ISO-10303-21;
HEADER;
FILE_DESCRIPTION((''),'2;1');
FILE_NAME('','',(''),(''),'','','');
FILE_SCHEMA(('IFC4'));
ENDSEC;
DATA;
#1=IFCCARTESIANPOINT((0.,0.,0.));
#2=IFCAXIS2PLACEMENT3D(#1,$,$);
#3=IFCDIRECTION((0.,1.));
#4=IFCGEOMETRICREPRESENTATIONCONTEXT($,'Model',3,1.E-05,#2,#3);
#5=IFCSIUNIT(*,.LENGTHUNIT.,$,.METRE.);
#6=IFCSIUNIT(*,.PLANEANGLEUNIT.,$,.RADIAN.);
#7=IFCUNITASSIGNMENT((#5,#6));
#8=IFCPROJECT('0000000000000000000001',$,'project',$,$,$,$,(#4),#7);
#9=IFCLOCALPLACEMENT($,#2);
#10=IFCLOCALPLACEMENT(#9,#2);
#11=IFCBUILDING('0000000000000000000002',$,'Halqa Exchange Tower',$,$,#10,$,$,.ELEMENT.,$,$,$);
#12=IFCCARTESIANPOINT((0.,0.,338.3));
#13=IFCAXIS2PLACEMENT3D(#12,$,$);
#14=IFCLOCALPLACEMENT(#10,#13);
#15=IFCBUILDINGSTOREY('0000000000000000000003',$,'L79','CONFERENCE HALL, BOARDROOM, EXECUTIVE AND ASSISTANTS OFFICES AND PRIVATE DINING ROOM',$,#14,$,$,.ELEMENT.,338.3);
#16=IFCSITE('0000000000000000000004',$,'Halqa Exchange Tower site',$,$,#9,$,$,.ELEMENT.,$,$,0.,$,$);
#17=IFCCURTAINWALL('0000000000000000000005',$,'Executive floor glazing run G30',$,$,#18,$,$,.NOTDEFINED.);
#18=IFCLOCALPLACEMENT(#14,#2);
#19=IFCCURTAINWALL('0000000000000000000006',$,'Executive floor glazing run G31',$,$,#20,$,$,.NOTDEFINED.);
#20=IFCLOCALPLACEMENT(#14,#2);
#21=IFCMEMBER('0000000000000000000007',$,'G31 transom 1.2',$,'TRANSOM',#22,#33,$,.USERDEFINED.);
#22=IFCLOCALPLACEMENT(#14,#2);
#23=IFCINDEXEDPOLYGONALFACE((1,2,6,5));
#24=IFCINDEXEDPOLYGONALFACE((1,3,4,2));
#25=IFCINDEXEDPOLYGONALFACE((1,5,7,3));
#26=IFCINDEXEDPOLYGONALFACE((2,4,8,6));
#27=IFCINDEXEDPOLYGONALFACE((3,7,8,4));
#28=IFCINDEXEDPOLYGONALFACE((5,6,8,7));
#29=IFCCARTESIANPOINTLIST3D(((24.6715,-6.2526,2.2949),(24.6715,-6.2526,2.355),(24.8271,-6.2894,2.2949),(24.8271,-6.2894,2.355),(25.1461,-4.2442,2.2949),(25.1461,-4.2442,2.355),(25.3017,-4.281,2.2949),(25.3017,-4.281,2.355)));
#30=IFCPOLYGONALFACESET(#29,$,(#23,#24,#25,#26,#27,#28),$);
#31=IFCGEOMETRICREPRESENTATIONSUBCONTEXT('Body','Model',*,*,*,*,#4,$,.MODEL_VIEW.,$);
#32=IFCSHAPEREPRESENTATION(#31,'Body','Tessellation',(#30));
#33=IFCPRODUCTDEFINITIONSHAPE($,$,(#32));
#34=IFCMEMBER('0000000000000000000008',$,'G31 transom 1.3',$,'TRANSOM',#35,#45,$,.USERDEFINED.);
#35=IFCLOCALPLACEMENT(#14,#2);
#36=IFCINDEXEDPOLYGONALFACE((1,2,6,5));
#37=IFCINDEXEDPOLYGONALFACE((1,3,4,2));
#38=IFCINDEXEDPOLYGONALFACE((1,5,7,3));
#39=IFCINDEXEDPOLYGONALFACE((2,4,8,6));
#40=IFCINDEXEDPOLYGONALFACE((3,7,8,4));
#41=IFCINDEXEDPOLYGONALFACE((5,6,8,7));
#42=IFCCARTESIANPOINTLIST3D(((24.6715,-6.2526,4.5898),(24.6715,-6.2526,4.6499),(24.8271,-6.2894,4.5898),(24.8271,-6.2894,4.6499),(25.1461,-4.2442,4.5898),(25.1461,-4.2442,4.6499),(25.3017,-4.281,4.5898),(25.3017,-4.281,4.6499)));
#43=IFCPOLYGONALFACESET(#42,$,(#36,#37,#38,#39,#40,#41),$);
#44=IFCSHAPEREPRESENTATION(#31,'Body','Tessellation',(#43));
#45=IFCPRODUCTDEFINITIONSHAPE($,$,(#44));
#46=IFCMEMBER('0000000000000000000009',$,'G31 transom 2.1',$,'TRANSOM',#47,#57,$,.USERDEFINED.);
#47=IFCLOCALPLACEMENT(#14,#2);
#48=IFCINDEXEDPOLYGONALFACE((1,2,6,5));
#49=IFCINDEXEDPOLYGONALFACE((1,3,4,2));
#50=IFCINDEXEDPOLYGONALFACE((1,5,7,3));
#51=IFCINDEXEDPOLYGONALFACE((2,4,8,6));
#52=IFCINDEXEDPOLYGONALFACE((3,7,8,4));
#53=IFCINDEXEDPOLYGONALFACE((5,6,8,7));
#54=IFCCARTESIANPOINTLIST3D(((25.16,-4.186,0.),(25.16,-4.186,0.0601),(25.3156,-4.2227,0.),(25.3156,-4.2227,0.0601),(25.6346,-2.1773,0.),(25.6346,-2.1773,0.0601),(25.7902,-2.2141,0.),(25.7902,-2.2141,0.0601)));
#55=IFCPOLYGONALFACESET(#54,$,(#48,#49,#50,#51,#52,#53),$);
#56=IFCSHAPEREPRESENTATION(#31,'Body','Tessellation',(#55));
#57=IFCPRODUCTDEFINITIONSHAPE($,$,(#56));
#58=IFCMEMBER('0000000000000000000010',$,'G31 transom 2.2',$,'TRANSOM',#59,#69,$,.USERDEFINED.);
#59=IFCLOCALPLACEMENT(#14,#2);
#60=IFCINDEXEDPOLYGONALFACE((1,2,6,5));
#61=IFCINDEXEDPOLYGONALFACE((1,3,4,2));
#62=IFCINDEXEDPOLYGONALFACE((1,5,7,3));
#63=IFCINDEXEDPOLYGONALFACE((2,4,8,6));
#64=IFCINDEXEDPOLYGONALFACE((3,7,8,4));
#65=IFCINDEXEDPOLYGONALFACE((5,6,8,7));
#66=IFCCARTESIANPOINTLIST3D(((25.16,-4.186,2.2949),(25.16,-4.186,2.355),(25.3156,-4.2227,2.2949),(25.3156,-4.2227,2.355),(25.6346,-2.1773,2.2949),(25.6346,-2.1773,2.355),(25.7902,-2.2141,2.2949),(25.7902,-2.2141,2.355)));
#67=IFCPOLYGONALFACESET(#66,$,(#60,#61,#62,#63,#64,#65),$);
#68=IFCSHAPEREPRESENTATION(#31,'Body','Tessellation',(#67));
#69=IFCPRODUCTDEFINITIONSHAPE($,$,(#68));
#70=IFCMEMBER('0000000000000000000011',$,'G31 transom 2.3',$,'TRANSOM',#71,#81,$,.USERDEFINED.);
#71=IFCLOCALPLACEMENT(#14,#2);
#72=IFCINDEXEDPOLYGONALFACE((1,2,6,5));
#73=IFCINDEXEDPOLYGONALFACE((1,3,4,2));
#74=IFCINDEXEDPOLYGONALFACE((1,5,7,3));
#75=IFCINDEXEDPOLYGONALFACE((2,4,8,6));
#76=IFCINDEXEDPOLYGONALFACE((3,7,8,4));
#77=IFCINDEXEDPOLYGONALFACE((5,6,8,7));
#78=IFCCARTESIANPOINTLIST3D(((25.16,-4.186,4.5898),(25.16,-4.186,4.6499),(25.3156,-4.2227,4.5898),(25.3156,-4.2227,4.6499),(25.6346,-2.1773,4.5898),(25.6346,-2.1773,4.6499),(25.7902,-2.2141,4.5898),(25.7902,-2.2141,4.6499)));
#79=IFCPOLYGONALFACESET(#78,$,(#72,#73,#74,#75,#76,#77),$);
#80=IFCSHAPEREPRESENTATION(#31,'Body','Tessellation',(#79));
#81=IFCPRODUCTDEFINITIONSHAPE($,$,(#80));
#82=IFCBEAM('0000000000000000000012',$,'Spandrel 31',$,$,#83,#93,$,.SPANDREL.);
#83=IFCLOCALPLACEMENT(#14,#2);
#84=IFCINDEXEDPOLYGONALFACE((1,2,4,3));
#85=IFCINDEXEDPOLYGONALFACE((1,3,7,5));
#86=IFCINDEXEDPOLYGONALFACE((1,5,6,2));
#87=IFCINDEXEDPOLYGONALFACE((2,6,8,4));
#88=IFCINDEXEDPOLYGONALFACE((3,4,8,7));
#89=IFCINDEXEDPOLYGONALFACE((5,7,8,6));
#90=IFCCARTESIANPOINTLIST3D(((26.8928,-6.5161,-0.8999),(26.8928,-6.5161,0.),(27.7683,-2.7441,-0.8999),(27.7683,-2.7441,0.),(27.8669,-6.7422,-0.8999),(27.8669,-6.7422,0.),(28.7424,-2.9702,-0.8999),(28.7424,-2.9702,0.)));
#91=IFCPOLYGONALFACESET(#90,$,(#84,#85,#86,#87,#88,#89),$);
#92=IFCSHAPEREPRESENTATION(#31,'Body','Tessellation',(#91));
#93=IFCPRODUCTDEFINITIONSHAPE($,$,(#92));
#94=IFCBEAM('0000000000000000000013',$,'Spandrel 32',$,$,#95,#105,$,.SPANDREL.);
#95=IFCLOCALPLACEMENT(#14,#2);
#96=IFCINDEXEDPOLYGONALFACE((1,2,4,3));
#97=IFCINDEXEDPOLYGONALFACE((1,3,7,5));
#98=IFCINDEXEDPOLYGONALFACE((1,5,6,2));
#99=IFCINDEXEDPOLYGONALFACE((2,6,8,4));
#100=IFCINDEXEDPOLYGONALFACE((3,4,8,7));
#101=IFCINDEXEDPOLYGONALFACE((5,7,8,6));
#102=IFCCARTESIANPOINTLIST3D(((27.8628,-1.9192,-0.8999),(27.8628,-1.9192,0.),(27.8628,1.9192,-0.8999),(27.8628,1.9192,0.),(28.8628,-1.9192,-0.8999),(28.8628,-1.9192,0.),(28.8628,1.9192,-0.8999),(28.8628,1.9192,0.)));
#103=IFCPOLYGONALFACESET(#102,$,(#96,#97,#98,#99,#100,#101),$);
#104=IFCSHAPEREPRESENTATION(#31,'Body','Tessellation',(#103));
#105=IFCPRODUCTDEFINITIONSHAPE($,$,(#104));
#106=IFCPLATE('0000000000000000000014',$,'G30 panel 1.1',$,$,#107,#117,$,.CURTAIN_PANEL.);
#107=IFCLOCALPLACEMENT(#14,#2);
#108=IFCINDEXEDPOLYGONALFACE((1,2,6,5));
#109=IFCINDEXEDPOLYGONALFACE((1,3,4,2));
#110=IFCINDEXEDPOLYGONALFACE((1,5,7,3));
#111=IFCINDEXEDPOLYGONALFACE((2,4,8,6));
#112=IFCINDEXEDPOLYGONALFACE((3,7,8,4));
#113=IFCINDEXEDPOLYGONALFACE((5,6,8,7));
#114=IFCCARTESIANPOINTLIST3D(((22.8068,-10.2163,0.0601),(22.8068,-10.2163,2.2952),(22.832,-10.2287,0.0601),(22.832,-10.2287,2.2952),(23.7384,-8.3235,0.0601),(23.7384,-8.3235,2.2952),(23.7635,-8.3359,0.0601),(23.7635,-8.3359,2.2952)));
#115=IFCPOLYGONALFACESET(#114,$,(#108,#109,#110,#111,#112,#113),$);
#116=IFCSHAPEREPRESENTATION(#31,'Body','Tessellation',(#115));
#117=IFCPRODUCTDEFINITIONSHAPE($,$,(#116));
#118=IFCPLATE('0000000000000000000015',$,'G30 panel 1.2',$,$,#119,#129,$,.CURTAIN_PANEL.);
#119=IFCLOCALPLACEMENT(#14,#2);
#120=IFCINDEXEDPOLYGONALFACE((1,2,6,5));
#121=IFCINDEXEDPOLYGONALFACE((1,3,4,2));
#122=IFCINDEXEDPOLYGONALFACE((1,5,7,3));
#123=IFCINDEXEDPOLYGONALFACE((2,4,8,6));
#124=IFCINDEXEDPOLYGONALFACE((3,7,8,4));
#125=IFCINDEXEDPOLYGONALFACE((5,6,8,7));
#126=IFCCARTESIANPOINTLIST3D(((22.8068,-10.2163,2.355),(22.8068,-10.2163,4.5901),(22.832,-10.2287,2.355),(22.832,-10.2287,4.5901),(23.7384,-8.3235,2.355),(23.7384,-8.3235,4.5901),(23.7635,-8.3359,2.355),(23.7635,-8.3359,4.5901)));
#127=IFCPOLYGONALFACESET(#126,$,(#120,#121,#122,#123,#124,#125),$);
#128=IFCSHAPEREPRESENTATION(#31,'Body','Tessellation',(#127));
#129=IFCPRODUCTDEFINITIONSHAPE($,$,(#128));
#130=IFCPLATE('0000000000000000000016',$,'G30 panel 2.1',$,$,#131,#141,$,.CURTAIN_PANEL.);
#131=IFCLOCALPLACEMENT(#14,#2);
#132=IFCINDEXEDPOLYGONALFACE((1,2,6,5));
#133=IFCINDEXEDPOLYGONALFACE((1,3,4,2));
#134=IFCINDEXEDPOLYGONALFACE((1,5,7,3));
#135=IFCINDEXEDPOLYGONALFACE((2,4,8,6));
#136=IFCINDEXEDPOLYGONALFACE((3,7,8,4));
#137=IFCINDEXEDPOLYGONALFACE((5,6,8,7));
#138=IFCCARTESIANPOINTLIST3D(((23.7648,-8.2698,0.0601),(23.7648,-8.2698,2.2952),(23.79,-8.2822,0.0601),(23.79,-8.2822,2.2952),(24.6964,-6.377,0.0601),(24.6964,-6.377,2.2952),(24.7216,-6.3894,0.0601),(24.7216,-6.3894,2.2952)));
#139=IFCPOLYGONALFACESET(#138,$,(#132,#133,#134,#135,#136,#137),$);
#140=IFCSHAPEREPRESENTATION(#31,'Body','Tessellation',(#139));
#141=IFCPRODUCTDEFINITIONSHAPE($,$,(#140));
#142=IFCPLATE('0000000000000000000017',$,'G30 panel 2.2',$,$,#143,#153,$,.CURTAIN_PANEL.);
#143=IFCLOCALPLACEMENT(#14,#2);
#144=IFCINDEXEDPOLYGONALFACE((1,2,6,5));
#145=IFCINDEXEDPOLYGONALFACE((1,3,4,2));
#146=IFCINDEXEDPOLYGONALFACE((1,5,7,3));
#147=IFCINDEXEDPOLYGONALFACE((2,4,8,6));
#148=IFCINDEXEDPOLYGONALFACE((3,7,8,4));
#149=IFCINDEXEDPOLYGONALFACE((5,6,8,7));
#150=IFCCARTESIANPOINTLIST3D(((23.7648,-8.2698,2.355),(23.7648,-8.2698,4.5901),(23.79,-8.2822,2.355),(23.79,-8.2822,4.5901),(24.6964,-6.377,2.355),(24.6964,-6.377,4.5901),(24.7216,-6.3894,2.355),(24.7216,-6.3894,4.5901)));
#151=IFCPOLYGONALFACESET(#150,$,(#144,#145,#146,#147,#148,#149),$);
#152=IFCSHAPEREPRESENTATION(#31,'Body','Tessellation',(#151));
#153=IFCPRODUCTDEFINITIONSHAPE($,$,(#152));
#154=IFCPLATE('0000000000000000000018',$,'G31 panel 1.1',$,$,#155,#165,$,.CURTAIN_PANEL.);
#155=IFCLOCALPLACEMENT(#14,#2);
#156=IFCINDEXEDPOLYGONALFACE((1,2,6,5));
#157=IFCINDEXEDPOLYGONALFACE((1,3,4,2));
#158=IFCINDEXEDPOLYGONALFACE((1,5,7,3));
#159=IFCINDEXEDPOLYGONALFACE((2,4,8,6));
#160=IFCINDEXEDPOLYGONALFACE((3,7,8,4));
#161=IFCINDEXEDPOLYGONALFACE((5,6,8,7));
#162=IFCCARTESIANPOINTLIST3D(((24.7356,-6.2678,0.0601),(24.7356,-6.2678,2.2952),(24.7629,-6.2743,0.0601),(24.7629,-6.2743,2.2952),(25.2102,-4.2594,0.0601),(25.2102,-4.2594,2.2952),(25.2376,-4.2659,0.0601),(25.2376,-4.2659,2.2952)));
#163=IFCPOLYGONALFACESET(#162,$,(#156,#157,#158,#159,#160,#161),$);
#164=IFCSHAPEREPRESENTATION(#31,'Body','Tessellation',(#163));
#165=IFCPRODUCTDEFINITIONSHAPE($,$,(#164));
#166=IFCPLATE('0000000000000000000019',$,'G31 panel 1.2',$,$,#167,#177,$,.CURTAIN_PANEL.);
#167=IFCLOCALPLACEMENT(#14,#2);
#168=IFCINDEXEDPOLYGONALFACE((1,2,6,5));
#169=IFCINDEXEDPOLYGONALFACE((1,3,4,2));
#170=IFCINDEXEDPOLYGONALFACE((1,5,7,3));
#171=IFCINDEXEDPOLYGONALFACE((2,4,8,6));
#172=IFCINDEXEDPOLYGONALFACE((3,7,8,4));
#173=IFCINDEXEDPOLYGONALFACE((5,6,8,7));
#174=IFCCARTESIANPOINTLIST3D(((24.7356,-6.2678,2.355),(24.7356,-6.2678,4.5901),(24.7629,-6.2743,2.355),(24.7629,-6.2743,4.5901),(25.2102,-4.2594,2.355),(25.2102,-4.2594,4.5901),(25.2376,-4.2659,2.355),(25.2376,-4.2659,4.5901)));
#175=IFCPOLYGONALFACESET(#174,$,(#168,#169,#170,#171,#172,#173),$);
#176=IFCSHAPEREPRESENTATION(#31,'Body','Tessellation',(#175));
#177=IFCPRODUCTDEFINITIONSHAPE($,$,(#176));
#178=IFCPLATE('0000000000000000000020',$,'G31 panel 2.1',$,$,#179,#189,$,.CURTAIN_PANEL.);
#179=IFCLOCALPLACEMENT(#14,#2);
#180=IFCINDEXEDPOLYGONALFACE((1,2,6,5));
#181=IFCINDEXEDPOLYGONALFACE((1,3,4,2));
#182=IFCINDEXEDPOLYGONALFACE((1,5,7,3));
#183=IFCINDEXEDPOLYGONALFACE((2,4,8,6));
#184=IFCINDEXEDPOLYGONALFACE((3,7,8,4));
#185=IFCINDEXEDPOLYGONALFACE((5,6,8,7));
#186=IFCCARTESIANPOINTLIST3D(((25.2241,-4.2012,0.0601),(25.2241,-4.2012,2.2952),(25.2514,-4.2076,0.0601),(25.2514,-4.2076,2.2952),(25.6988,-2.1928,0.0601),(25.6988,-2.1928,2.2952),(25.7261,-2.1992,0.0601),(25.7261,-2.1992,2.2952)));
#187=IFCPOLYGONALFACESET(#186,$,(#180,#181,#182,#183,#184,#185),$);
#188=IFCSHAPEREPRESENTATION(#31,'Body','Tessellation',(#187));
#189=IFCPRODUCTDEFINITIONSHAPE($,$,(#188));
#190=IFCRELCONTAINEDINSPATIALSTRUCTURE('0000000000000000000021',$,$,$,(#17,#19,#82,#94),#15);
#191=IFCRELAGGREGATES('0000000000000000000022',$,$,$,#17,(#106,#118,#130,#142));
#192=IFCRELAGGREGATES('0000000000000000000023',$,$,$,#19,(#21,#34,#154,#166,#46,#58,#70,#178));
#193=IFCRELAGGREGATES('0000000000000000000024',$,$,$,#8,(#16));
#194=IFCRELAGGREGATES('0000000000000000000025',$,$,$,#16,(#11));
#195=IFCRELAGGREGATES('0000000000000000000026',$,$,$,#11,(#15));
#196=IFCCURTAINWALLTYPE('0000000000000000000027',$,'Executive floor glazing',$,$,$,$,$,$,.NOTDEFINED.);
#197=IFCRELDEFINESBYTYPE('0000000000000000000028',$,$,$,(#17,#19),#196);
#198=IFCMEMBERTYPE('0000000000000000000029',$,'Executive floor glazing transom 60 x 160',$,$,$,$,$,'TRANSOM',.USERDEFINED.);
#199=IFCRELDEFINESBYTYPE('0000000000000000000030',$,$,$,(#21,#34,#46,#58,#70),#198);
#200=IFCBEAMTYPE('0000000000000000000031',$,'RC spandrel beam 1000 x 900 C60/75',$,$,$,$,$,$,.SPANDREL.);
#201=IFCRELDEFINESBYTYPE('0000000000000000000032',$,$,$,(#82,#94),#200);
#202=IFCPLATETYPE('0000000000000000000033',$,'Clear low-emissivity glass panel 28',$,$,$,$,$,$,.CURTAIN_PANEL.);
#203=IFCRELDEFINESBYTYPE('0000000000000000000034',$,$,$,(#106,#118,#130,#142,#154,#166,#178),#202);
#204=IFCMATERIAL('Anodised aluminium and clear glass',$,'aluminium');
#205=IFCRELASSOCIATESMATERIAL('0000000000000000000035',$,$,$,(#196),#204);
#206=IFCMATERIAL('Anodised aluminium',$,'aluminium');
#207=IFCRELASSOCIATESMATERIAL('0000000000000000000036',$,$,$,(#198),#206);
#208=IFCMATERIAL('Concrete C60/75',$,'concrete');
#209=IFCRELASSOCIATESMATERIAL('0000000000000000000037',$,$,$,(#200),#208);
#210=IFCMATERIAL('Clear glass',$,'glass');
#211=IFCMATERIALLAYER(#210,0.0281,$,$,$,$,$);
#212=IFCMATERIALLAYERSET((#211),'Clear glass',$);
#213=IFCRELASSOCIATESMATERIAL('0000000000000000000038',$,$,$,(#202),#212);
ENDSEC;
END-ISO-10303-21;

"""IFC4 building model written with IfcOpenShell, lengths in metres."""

from ifc_helpers import new_model, si_unit, direction, frame, origin, origin_2d, place, context, subcontext, project, spatial, rectangle, extrude, material, layer, layer_set, material_profile, profile_set, type_object, element, aggregate, save


model = new_model("IFC4")

# Units and contexts
model_context = context("Model", 3, precision=1e-05, world=origin(), true_north=direction((0.0, 1.0)))
body_context = subcontext(model_context, "Body", "Model", "MODEL_VIEW")
ifc_project = project(units=[si_unit("LENGTHUNIT", "METRE"), si_unit("PLANEANGLEUNIT", "RADIAN")], contexts=[model_context])

# Site, building, storey
site_placement = place(None, origin())
site = spatial("IfcSite", under=ifc_project, at=site_placement, Name="Halqa Exchange Tower site", CompositionType="ELEMENT", RefElevation=0.0)
building_placement = place(site_placement, origin())
building = spatial("IfcBuilding", under=site, at=building_placement, Name="Halqa Exchange Tower", CompositionType="ELEMENT")
storey_placement = place(building_placement, frame((0.0, 0.0, 338.3)))
storey = spatial("IfcBuildingStorey", under=building, at=storey_placement, Name="L79", Description="CONFERENCE HALL, BOARDROOM, EXECUTIVE AND ASSISTANTS OFFICES AND PRIVATE DINING ROOM", CompositionType="ELEMENT", Elevation=338.3)

# Curtain walls
ifc_material_1 = material(Name="Anodised aluminium and clear glass", Category="aluminium")
curtain_wall_type = type_object("IfcCurtainWallType", Name="Executive floor glazing", PredefinedType="NOTDEFINED", material=ifc_material_1)
curtain_wall_1_placement = place(storey_placement, origin())
curtain_wall_1 = element("IfcCurtainWall", 1, at=curtain_wall_1_placement, inside=storey, type_object=curtain_wall_type, Name="Executive floor glazing run G30", PredefinedType="NOTDEFINED")
ifc_material_2 = material(Name="Anodised aluminium", Category="aluminium")
curtain_wall_2_placement = place(storey_placement, origin())
curtain_wall_2 = element("IfcCurtainWall", 2, at=curtain_wall_2_placement, inside=storey, type_object=curtain_wall_type, Name="Executive floor glazing run G31", PredefinedType="NOTDEFINED")

# Members
ifc_material_profile_1 = material_profile(ifc_material_2, rectangle(XDim=0.1599, YDim=0.0601, at=origin_2d()), Name="AL 60x160")
ifc_profile_set_1 = profile_set([ifc_material_profile_1], Name="Anodised aluminium")
member_type_1 = type_object("IfcMemberType", Name="Executive floor glazing transom 60 x 160", ElementType="TRANSOM", PredefinedType="USERDEFINED", material=ifc_profile_set_1)
member_1_placement = place(storey_placement, frame((24.7493, -6.271, 2.325), z_axis=(0.229989, 0.973193, 0.0), x_axis=(-0.973193, 0.229989, 0.0)))
member_1 = element("IfcMember", 3, at=member_1_placement, type_object=member_type_1, Name="G31 transom 1.2", ObjectType="TRANSOM", PredefinedType="USERDEFINED", context=body_context, shape_type="SweptSolid", body=[
    extrude(rectangle(XDim=0.1599, YDim=0.0601, at=origin_2d()), origin(), (0.0, 0.0, 1.0), 2.0637),
])
member_2_placement = place(storey_placement, frame((24.7493, -6.271, 4.6199), z_axis=(0.229989, 0.973193, 0.0), x_axis=(-0.973193, 0.229989, 0.0)))
member_2 = element("IfcMember", 4, at=member_2_placement, type_object=member_type_1, Name="G31 transom 1.3", ObjectType="TRANSOM", PredefinedType="USERDEFINED", context=body_context, shape_type="SweptSolid", body=[
    extrude(rectangle(XDim=0.1599, YDim=0.0601, at=origin_2d()), origin(), (0.0, 0.0, 1.0), 2.0637),
])
member_3_placement = place(storey_placement, frame((25.2378, -4.2043, 0.03), z_axis=(0.229962, 0.9732, 0.0), x_axis=(-0.9732, 0.229962, 0.0)))
member_3 = element("IfcMember", 5, at=member_3_placement, type_object=member_type_1, Name="G31 transom 2.1", ObjectType="TRANSOM", PredefinedType="USERDEFINED", context=body_context, shape_type="SweptSolid", body=[
    extrude(rectangle(XDim=0.1599, YDim=0.0601, at=origin_2d()), origin(), (0.0, 0.0, 1.0), 2.064),
])
member_4_placement = place(storey_placement, frame((25.2378, -4.2043, 2.325), z_axis=(0.229962, 0.9732, 0.0), x_axis=(-0.9732, 0.229962, 0.0)))
member_4 = element("IfcMember", 6, at=member_4_placement, type_object=member_type_1, Name="G31 transom 2.2", ObjectType="TRANSOM", PredefinedType="USERDEFINED", context=body_context, shape_type="SweptSolid", body=[
    extrude(rectangle(XDim=0.1599, YDim=0.0601, at=origin_2d()), origin(), (0.0, 0.0, 1.0), 2.064),
])
member_5_placement = place(storey_placement, frame((25.2378, -4.2043, 4.6199), z_axis=(0.229962, 0.9732, 0.0), x_axis=(-0.9732, 0.229962, 0.0)))
member_5 = element("IfcMember", 7, at=member_5_placement, type_object=member_type_1, Name="G31 transom 2.3", ObjectType="TRANSOM", PredefinedType="USERDEFINED", context=body_context, shape_type="SweptSolid", body=[
    extrude(rectangle(XDim=0.1599, YDim=0.0601, at=origin_2d()), origin(), (0.0, 0.0, 1.0), 2.064),
])

# Beams
ifc_material_3 = material(Name="Concrete C60/75", Category="concrete")
ifc_material_profile_2 = material_profile(ifc_material_3, rectangle(XDim=1.0, YDim=0.8999, at=origin_2d()), Name="1000 x 900")
ifc_profile_set_2 = profile_set([ifc_material_profile_2], Name="Concrete C60/75")
beam_type = type_object("IfcBeamType", Name="RC spandrel beam 1000 x 900 C60/75", PredefinedType="SPANDREL", material=ifc_profile_set_2)
beam_1_placement = place(storey_placement, frame((27.3799, -6.6292, -0.45), z_axis=(0.226093, 0.974106, 0.0), x_axis=(-0.974106, 0.226093, 0.0)))
element("IfcBeam", 8, at=beam_1_placement, inside=storey, type_object=beam_type, Name="Spandrel 31", PredefinedType="SPANDREL", context=body_context, shape_type="SweptSolid", body=[
    extrude(rectangle(XDim=1.0, YDim=0.8999, at=origin_2d()), origin(), (0.0, 0.0, 1.0), 3.8723),
])
beam_2_placement = place(storey_placement, frame((28.3628, -1.9192, -0.45), z_axis=(0.0, 1.0, 0.0), x_axis=(-1.0, 0.0, 0.0)))
element("IfcBeam", 9, at=beam_2_placement, inside=storey, type_object=beam_type, Name="Spandrel 32", PredefinedType="SPANDREL", context=body_context, shape_type="SweptSolid", body=[
    extrude(rectangle(XDim=1.0, YDim=0.8999, at=origin_2d()), origin(), (0.0, 0.0, 1.0), 3.8384),
])

# Plates
ifc_material_4 = material(Name="Clear glass", Category="glass")
ifc_layer_1 = layer(ifc_material_4, 0.0281)
ifc_layer_set_1 = layer_set([ifc_layer_1], Name="Clear glass")
plate_type = type_object("IfcPlateType", Name="Clear low-emissivity glass panel 28", PredefinedType="CURTAIN_PANEL", material=ifc_layer_set_1)
plate_1_placement = place(storey_placement, frame((23.2852, -9.2761, 0.0601), z_axis=(0.0, 0.0, 1.0), x_axis=(0.441595, 0.897215, 0.0)))
plate_1 = element("IfcPlate", 10, at=plate_1_placement, type_object=plate_type, Name="G30 panel 1.1", PredefinedType="CURTAIN_PANEL", context=body_context, shape_type="SweptSolid", body=[
    extrude(rectangle(XDim=2.1096, YDim=0.0281, at=origin_2d()), origin(), (0.0, 0.0, 1.0), 2.2351),
])
plate_2_placement = place(storey_placement, frame((23.2852, -9.2761, 2.355), z_axis=(0.0, 0.0, 1.0), x_axis=(0.441595, 0.897215, 0.0)))
plate_2 = element("IfcPlate", 11, at=plate_2_placement, type_object=plate_type, Name="G30 panel 1.2", PredefinedType="CURTAIN_PANEL", context=body_context, shape_type="SweptSolid", body=[
    extrude(rectangle(XDim=2.1096, YDim=0.0281, at=origin_2d()), origin(), (0.0, 0.0, 1.0), 2.2351),
])
plate_3_placement = place(storey_placement, frame((24.2432, -7.3296, 0.0601), z_axis=(0.0, 0.0, 1.0), x_axis=(0.441595, 0.897215, 0.0)))
plate_3 = element("IfcPlate", 12, at=plate_3_placement, type_object=plate_type, Name="G30 panel 2.1", PredefinedType="CURTAIN_PANEL", context=body_context, shape_type="SweptSolid", body=[
    extrude(rectangle(XDim=2.1096, YDim=0.0281, at=origin_2d()), origin(), (0.0, 0.0, 1.0), 2.2351),
])
plate_4_placement = place(storey_placement, frame((24.2432, -7.3296, 2.355), z_axis=(0.0, 0.0, 1.0), x_axis=(0.441595, 0.897215, 0.0)))
plate_4 = element("IfcPlate", 13, at=plate_4_placement, type_object=plate_type, Name="G30 panel 2.2", PredefinedType="CURTAIN_PANEL", context=body_context, shape_type="SweptSolid", body=[
    extrude(rectangle(XDim=2.1096, YDim=0.0281, at=origin_2d()), origin(), (0.0, 0.0, 1.0), 2.2351),
])
aggregate(curtain_wall_1, [plate_1, plate_2, plate_3, plate_4])
plate_5_placement = place(storey_placement, frame((24.9866, -5.2668, 0.0601), z_axis=(0.0, 0.0, 1.0), x_axis=(0.229995, 0.973192, 0.0)))
plate_5 = element("IfcPlate", 14, at=plate_5_placement, type_object=plate_type, Name="G31 panel 1.1", PredefinedType="CURTAIN_PANEL", context=body_context, shape_type="SweptSolid", body=[
    extrude(rectangle(XDim=2.0637, YDim=0.0281, at=origin_2d()), origin(), (0.0, 0.0, 1.0), 2.2351),
])
plate_6_placement = place(storey_placement, frame((24.9866, -5.2668, 2.355), z_axis=(0.0, 0.0, 1.0), x_axis=(0.229995, 0.973192, 0.0)))
plate_6 = element("IfcPlate", 15, at=plate_6_placement, type_object=plate_type, Name="G31 panel 1.2", PredefinedType="CURTAIN_PANEL", context=body_context, shape_type="SweptSolid", body=[
    extrude(rectangle(XDim=2.0637, YDim=0.0281, at=origin_2d()), origin(), (0.0, 0.0, 1.0), 2.2351),
])
plate_7_placement = place(storey_placement, frame((25.4751, -3.2002, 0.0601), z_axis=(0.0, 0.0, 1.0), x_axis=(0.229995, 0.973192, 0.0)))
plate_7 = element("IfcPlate", 16, at=plate_7_placement, type_object=plate_type, Name="G31 panel 2.1", PredefinedType="CURTAIN_PANEL", context=body_context, shape_type="SweptSolid", body=[
    extrude(rectangle(XDim=2.0637, YDim=0.0281, at=origin_2d()), origin(), (0.0, 0.0, 1.0), 2.2351),
])
aggregate(curtain_wall_2, [member_1, member_2, plate_5, plate_6, member_3, member_4, member_5, plate_7])

save(model, "model.ifc")
